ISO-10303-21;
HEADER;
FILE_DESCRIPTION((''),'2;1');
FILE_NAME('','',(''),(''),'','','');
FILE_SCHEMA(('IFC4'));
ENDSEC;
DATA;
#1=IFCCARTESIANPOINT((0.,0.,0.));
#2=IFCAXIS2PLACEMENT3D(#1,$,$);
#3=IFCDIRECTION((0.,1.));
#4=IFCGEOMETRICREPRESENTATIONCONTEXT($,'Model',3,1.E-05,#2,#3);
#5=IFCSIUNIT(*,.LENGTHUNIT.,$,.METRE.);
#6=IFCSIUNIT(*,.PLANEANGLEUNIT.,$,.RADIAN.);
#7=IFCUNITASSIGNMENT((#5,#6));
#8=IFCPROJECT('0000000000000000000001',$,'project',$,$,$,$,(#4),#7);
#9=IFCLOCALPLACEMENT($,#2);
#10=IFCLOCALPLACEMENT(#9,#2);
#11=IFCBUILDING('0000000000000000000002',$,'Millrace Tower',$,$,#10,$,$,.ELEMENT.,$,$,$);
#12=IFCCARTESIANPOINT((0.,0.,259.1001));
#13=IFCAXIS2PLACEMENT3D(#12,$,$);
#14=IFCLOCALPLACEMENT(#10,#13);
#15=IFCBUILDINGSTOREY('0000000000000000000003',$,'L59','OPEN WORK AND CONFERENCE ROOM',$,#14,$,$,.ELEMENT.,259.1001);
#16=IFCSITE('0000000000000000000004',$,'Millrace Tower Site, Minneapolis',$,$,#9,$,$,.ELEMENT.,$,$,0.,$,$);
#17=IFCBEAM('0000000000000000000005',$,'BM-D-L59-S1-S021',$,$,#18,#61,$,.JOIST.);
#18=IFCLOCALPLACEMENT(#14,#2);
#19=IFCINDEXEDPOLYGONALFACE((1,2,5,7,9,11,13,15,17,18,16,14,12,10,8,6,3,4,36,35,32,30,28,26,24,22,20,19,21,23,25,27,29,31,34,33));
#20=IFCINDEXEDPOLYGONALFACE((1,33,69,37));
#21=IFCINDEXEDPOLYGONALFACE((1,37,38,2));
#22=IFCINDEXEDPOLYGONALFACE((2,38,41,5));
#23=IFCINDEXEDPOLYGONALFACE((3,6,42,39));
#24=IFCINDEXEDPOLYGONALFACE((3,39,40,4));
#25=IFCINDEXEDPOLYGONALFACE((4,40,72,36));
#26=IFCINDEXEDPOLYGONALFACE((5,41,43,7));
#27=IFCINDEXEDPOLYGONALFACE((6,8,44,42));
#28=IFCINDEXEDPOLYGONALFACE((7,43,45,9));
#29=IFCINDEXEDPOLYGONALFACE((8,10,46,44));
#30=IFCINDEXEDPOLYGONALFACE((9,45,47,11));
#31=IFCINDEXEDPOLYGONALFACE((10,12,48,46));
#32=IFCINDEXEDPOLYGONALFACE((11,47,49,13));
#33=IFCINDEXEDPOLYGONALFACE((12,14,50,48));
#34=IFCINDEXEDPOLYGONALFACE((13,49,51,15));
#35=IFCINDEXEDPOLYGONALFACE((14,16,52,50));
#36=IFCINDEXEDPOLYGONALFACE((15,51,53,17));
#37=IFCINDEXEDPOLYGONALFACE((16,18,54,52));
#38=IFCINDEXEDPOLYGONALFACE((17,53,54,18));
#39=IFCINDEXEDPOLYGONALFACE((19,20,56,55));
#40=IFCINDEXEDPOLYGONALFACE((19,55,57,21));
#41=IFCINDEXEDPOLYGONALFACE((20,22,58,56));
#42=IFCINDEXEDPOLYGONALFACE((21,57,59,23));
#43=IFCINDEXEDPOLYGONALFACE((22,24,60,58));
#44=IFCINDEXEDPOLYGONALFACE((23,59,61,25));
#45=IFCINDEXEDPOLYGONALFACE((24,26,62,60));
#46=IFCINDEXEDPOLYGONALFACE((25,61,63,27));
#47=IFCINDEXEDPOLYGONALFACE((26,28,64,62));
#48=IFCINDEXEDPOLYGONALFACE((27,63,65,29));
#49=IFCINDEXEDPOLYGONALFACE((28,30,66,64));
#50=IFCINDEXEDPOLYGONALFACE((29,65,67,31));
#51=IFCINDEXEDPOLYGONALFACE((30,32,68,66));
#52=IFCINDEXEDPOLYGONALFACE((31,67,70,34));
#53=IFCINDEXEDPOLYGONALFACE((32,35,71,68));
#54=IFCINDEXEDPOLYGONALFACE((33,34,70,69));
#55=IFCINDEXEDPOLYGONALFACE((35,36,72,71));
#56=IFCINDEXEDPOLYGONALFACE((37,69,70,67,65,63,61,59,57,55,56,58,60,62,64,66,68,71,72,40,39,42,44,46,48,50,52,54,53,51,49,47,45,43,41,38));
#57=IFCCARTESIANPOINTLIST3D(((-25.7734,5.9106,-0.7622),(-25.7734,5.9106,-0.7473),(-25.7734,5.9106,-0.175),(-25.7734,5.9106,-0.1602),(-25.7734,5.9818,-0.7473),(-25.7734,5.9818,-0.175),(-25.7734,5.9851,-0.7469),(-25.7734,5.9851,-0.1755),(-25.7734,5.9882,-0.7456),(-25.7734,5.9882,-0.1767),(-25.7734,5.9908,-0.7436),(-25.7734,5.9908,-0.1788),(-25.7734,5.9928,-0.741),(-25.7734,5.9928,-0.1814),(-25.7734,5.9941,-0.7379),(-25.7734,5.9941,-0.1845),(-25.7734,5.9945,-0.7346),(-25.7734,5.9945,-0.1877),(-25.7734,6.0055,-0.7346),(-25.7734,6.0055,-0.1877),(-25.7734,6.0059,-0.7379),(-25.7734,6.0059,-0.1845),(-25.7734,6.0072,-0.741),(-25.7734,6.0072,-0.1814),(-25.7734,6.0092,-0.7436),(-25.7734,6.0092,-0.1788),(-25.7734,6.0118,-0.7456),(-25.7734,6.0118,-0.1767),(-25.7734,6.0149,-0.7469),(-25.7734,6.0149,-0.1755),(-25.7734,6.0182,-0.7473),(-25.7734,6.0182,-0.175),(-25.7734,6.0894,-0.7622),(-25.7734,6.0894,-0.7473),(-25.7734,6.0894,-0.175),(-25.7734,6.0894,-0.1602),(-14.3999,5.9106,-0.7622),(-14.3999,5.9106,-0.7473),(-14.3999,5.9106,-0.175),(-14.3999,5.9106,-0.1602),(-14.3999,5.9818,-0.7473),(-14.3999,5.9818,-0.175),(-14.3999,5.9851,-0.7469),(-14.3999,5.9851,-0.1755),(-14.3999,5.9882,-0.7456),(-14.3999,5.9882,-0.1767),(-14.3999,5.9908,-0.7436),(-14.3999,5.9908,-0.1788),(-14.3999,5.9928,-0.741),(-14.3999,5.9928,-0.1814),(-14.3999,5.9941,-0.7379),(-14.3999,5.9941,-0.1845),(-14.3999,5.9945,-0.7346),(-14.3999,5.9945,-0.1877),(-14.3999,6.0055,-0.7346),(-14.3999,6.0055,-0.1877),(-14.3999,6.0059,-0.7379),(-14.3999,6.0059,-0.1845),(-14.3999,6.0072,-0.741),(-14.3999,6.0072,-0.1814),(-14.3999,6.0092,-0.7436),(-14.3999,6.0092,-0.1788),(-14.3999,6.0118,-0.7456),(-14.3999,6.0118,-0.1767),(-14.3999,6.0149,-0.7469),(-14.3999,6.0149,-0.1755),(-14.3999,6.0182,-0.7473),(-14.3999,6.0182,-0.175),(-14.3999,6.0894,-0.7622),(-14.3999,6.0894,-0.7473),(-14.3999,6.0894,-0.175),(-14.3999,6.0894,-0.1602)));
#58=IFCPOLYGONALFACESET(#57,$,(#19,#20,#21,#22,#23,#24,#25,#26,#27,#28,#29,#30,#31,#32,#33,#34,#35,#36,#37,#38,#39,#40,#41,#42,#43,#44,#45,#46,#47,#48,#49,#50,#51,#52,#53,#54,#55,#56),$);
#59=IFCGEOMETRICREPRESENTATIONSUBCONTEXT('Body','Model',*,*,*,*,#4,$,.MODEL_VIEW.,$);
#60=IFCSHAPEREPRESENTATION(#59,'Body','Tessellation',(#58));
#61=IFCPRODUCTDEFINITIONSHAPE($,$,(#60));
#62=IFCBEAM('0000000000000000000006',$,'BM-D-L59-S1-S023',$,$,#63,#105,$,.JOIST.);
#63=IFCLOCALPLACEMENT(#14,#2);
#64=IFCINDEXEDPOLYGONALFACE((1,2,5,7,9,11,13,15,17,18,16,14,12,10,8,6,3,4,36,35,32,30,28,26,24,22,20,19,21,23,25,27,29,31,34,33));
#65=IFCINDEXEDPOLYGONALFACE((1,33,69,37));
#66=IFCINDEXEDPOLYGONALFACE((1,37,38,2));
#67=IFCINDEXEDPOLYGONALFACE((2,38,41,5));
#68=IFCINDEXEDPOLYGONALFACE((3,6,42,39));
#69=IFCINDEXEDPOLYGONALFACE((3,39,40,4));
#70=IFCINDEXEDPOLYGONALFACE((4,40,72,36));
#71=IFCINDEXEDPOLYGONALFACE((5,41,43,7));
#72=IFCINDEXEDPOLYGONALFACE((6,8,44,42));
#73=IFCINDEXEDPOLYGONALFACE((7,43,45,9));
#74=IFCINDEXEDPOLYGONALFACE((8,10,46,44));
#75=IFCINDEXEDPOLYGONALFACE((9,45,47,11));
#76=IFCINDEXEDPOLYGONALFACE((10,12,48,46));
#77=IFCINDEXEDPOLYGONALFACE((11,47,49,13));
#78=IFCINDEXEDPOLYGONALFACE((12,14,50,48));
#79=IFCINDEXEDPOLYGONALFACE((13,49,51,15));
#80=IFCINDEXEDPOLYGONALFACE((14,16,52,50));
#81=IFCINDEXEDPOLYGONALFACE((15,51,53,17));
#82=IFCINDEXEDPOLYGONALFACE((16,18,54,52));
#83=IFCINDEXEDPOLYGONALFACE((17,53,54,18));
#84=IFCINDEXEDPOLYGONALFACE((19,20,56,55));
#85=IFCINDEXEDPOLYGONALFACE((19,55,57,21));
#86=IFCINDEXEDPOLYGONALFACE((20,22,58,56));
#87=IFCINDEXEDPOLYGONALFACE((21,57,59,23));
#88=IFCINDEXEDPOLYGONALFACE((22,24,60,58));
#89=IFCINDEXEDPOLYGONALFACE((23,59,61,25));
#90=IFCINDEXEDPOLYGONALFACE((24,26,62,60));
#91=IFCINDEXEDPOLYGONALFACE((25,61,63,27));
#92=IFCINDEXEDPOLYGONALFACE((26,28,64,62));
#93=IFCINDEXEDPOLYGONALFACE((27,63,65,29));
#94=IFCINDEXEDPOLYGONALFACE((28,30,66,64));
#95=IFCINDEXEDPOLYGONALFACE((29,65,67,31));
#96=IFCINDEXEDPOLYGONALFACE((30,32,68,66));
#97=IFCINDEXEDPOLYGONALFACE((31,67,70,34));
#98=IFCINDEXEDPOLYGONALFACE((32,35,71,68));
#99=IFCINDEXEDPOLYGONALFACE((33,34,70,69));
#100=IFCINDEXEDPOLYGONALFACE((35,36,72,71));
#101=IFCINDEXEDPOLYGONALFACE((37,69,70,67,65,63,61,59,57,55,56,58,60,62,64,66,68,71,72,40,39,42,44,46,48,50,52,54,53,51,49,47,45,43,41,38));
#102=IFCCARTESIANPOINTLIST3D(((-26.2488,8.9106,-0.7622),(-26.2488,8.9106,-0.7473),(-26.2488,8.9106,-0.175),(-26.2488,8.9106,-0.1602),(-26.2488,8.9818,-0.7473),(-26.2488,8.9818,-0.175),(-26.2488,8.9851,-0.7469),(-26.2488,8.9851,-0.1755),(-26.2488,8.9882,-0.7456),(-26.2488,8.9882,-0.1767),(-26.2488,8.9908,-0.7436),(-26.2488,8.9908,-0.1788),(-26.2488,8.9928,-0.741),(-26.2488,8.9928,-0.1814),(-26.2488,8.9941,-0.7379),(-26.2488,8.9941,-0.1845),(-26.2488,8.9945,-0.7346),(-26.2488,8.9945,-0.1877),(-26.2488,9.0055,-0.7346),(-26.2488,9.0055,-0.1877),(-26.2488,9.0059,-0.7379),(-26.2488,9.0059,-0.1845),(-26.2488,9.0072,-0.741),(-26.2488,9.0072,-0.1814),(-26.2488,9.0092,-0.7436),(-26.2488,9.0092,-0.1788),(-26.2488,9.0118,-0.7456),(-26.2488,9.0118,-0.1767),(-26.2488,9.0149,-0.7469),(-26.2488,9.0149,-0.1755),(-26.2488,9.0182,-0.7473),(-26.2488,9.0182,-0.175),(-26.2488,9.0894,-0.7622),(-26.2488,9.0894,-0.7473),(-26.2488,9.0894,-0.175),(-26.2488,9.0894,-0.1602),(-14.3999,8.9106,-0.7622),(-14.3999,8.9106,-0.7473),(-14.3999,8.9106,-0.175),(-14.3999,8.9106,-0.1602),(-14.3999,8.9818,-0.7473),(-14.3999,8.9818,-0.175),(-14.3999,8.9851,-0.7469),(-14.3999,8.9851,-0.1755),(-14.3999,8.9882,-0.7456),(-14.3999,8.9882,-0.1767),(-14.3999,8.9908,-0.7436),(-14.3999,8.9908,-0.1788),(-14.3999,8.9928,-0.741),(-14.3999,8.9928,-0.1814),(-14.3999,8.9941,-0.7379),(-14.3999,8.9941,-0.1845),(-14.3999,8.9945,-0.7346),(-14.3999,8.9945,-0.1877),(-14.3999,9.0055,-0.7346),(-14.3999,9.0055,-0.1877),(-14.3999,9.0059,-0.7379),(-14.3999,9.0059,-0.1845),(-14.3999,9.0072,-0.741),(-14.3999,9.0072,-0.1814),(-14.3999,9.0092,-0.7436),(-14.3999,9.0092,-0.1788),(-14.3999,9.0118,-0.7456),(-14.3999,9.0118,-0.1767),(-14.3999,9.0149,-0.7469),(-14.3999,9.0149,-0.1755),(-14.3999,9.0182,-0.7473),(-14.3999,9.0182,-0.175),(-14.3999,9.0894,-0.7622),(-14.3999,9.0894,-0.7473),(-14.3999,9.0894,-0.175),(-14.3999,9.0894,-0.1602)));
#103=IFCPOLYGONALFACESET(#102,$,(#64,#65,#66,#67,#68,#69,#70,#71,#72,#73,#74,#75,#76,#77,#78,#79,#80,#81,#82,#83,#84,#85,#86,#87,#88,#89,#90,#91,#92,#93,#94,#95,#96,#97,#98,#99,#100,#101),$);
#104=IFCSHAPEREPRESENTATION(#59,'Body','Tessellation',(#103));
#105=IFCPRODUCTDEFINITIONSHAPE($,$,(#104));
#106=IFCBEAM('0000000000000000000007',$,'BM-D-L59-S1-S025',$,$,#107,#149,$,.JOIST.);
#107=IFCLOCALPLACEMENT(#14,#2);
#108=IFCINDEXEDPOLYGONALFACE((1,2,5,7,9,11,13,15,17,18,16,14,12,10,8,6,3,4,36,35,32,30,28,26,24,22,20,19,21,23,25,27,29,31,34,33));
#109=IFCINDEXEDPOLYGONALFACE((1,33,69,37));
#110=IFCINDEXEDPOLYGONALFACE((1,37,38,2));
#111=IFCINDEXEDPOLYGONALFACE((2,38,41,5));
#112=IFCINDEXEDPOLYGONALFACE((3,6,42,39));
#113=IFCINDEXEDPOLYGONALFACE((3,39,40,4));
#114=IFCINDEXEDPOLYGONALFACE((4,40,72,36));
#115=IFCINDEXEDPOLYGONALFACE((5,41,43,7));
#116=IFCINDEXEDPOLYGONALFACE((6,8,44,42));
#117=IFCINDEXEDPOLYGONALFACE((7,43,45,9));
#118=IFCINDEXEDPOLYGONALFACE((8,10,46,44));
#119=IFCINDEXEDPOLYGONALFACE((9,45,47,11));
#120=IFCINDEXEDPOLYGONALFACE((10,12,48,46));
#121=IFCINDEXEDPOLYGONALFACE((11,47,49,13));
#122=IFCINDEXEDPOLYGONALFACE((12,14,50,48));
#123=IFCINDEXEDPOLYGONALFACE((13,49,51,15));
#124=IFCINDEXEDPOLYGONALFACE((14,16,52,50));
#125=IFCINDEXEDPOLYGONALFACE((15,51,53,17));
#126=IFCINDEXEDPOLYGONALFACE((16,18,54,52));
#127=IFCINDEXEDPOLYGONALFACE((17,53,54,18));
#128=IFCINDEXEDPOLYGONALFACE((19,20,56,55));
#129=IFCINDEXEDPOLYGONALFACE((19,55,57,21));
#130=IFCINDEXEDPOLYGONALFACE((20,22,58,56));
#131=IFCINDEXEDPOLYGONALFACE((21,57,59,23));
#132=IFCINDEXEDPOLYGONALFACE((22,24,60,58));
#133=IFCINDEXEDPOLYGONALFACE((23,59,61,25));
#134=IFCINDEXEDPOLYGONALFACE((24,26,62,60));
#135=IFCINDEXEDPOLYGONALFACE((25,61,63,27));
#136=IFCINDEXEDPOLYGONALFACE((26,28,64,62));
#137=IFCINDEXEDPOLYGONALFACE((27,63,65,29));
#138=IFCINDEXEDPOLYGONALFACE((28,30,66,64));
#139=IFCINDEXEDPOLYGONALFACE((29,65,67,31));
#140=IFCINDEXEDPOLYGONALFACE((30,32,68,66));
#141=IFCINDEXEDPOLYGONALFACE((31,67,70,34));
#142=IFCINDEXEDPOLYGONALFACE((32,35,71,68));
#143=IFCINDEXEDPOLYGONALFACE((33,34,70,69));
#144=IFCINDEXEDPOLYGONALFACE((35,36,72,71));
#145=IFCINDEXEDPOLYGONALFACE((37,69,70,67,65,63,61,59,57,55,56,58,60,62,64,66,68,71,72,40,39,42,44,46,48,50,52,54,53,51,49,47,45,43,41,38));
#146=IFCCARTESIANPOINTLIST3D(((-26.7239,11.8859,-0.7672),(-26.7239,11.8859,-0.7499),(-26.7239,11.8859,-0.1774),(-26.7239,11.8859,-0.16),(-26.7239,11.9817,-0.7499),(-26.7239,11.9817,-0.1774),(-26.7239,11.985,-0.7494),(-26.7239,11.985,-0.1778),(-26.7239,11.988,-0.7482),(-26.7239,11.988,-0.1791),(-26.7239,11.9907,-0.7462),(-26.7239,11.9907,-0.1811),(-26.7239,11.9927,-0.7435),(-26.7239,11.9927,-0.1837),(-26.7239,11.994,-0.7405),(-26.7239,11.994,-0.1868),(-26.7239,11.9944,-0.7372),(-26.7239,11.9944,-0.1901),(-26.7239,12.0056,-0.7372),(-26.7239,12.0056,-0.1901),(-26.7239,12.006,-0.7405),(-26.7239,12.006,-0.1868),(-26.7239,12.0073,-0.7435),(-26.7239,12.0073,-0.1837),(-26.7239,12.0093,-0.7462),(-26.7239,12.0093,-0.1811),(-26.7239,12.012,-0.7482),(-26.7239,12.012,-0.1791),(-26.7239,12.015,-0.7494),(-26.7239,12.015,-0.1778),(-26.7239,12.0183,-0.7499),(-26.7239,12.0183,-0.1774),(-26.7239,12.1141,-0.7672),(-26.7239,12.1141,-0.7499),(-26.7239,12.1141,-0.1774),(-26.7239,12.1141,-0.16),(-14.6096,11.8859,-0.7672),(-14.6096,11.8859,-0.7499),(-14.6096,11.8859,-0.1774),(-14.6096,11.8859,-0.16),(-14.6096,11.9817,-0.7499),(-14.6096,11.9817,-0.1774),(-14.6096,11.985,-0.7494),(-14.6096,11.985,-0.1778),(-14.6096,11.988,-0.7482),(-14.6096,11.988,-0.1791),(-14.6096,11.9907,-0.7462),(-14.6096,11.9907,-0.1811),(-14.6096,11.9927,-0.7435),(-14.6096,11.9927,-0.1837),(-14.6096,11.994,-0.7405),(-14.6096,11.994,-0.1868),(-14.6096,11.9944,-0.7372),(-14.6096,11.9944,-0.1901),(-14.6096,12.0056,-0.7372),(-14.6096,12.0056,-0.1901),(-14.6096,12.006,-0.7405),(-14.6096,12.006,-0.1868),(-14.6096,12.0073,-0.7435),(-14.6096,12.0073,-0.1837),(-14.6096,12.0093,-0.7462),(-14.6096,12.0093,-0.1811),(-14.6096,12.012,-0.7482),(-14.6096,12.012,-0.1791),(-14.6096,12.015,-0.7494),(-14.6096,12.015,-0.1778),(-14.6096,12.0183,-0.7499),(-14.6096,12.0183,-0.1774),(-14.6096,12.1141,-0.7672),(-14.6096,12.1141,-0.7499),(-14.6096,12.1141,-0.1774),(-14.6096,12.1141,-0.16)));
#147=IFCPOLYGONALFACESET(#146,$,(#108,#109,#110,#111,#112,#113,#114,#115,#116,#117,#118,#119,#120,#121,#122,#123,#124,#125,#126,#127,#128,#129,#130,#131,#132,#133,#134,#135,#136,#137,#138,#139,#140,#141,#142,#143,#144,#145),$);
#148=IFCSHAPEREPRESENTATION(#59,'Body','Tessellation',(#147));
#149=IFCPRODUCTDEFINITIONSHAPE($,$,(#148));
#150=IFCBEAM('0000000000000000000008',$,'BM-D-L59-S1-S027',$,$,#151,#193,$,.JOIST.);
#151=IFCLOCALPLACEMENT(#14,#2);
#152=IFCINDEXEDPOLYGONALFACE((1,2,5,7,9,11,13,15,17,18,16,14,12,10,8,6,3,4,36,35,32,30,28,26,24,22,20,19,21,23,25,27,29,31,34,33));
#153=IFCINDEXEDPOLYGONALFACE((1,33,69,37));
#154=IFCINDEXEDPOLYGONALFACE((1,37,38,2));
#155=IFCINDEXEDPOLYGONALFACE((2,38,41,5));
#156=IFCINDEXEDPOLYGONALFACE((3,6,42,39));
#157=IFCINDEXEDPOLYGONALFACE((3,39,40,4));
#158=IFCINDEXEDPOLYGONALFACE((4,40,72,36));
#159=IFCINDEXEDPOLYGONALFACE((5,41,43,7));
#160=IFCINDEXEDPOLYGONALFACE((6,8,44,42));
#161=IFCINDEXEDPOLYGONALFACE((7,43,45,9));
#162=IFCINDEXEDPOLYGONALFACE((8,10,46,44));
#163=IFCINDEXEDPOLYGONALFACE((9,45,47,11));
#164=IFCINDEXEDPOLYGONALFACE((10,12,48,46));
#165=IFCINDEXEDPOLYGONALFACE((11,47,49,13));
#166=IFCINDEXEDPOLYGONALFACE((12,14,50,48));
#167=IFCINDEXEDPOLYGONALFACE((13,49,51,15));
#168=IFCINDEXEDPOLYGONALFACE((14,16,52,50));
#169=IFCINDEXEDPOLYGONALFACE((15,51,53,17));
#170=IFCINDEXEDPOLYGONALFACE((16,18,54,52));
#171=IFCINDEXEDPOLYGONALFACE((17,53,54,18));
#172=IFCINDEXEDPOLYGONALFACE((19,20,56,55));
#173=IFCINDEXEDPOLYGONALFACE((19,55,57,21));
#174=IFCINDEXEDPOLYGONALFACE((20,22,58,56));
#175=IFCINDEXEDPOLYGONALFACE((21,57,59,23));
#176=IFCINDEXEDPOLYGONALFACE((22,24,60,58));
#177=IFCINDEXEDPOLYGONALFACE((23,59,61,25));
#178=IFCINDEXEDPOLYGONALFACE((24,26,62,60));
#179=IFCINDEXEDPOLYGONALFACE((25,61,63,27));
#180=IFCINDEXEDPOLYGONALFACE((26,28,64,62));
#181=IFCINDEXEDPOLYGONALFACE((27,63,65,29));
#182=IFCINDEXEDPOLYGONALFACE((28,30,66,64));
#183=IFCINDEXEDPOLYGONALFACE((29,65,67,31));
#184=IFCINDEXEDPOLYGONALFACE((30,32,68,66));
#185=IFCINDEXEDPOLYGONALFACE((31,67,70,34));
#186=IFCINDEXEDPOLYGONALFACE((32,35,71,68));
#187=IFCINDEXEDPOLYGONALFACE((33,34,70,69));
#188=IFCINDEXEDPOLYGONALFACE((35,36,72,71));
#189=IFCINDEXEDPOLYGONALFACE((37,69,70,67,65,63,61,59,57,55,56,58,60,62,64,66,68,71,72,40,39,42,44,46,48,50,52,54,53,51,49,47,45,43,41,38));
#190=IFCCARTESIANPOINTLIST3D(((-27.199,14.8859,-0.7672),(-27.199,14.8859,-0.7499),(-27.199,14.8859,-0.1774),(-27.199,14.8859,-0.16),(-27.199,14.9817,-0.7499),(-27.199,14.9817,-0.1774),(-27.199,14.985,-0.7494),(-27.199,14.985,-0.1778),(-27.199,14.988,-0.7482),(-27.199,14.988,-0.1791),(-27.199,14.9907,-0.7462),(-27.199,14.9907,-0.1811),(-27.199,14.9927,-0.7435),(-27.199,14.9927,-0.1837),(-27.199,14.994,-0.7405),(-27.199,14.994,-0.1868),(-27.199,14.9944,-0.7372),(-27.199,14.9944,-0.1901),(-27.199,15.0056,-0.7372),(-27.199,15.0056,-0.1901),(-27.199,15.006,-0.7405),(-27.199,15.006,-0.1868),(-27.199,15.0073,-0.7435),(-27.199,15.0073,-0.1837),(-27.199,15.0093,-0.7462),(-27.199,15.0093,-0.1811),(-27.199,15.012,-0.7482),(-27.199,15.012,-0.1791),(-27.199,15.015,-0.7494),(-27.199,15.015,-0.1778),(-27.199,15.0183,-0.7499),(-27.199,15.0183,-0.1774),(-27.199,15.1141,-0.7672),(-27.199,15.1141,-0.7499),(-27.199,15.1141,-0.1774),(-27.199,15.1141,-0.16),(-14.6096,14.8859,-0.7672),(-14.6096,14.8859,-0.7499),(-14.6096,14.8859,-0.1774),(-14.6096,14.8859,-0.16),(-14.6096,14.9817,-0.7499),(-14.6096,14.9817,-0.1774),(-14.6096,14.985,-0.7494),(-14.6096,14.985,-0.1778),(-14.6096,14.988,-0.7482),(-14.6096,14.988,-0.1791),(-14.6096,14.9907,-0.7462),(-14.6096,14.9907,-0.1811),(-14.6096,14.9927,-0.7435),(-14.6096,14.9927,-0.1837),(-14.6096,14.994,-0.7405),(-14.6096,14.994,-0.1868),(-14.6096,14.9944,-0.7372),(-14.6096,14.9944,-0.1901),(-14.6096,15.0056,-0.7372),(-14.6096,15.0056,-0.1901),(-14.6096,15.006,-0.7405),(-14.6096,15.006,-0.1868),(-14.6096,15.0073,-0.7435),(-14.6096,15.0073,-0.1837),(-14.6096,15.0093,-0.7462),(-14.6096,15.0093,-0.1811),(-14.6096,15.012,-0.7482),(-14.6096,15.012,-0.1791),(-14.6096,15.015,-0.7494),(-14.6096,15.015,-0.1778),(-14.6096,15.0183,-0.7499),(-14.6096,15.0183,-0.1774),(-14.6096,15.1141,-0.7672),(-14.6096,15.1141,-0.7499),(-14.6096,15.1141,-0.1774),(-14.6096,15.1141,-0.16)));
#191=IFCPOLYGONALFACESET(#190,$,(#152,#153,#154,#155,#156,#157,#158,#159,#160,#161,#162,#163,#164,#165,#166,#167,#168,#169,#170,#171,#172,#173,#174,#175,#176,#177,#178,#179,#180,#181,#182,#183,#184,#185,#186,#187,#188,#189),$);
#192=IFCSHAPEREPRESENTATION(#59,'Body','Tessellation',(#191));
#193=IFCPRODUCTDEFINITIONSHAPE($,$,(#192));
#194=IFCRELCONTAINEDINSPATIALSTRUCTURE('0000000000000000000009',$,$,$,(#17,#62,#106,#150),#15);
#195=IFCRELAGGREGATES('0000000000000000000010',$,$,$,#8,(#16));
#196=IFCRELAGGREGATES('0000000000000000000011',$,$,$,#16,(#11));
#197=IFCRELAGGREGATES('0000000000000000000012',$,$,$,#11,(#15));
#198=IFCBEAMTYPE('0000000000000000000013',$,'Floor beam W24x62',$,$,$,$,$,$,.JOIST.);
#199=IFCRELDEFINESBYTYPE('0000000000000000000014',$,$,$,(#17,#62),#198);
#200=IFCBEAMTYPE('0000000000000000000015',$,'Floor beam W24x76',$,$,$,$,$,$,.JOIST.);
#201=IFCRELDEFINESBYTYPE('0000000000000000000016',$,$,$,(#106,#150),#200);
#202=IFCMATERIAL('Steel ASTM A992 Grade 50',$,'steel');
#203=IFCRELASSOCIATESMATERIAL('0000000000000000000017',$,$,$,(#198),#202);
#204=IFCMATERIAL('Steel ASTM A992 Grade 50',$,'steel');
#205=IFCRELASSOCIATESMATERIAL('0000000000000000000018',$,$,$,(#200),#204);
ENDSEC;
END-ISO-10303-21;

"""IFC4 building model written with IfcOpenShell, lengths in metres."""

from ifc_helpers import new_model, si_unit, direction, frame, origin, origin_2d, place, context, subcontext, project, spatial, i_section, extrude, material, material_profile, profile_set, type_object, element, save


model = new_model("IFC4")

# Units and contexts
model_context = context("Model", 3, precision=1e-05, world=origin(), true_north=direction((0.0, 1.0)))
body_context = subcontext(model_context, "Body", "Model", "MODEL_VIEW")
ifc_project = project(units=[si_unit("LENGTHUNIT", "METRE"), si_unit("PLANEANGLEUNIT", "RADIAN")], contexts=[model_context])

# Site, building, storey
site_placement = place(None, origin())
site = spatial("IfcSite", under=ifc_project, at=site_placement, Name="Millrace Tower Site, Minneapolis", CompositionType="ELEMENT", RefElevation=0.0)
building_placement = place(site_placement, origin())
building = spatial("IfcBuilding", under=site, at=building_placement, Name="Millrace Tower", CompositionType="ELEMENT")
storey_placement = place(building_placement, frame((0.0, 0.0, 259.1001)))
storey = spatial("IfcBuildingStorey", under=building, at=storey_placement, Name="L59", Description="OPEN WORK AND CONFERENCE ROOM", CompositionType="ELEMENT", Elevation=259.1001)

# Beams
ifc_material_1 = material(Name="Steel ASTM A992 Grade 50", Category="steel")
ifc_material_profile_1 = material_profile(ifc_material_1, i_section(OverallWidth=0.1787, OverallDepth=0.6021, WebThickness=0.011, FlangeThickness=0.0149, FilletRadius=0.0127, at=origin_2d()))
ifc_profile_set_1 = profile_set([ifc_material_profile_1], Name="Steel ASTM A992 Grade 50")
beam_type_1 = type_object("IfcBeamType", Name="Floor beam W24x62", PredefinedType="JOIST", material=ifc_profile_set_1)
beam_1_placement = place(storey_placement, frame((-25.7734, 6.0, -0.4612), z_axis=(1.0, 0.0, 0.0), x_axis=(0.0, 1.0, 0.0)))
element("IfcBeam", 1, at=beam_1_placement, inside=storey, type_object=beam_type_1, Name="BM-D-L59-S1-S021", PredefinedType="JOIST", context=body_context, shape_type="SweptSolid", body=[
    extrude(i_section(OverallWidth=0.1787, OverallDepth=0.6021, WebThickness=0.011, FlangeThickness=0.0149, FilletRadius=0.0127, at=origin_2d()), origin(), (0.0, 0.0, 1.0), 11.3735),
])
beam_2_placement = place(storey_placement, frame((-26.2488, 9.0, -0.4612), z_axis=(1.0, 0.0, 0.0), x_axis=(0.0, 1.0, 0.0)))
element("IfcBeam", 2, at=beam_2_placement, inside=storey, type_object=beam_type_1, Name="BM-D-L59-S1-S023", PredefinedType="JOIST", context=body_context, shape_type="SweptSolid", body=[
    extrude(i_section(OverallWidth=0.1787, OverallDepth=0.6021, WebThickness=0.011, FlangeThickness=0.0149, FilletRadius=0.0127, at=origin_2d()), origin(), (0.0, 0.0, 1.0), 11.8489),
])
ifc_material_2 = material(Name="Steel ASTM A992 Grade 50", Category="steel")
ifc_material_profile_2 = material_profile(ifc_material_2, i_section(OverallWidth=0.2283, OverallDepth=0.6072, WebThickness=0.0112, FlangeThickness=0.0173, FilletRadius=0.0127, at=origin_2d()))
ifc_profile_set_2 = profile_set([ifc_material_profile_2], Name="Steel ASTM A992 Grade 50")
beam_type_2 = type_object("IfcBeamType", Name="Floor beam W24x76", PredefinedType="JOIST", material=ifc_profile_set_2)
beam_3_placement = place(storey_placement, frame((-26.7239, 12.0, -0.4636), z_axis=(1.0, 0.0, 0.0), x_axis=(0.0, 1.0, 0.0)))
element("IfcBeam", 3, at=beam_3_placement, inside=storey, type_object=beam_type_2, Name="BM-D-L59-S1-S025", PredefinedType="JOIST", context=body_context, shape_type="SweptSolid", body=[
    extrude(i_section(OverallWidth=0.2283, OverallDepth=0.6072, WebThickness=0.0112, FlangeThickness=0.0173, FilletRadius=0.0127, at=origin_2d()), origin(), (0.0, 0.0, 1.0), 12.1143),
])
beam_4_placement = place(storey_placement, frame((-27.199, 15.0, -0.4636), z_axis=(1.0, 0.0, 0.0), x_axis=(0.0, 1.0, 0.0)))
element("IfcBeam", 4, at=beam_4_placement, inside=storey, type_object=beam_type_2, Name="BM-D-L59-S1-S027", PredefinedType="JOIST", context=body_context, shape_type="SweptSolid", body=[
    extrude(i_section(OverallWidth=0.2283, OverallDepth=0.6072, WebThickness=0.0112, FlangeThickness=0.0173, FilletRadius=0.0127, at=origin_2d()), origin(), (0.0, 0.0, 1.0), 12.5894),
])

save(model, "model.ifc")
